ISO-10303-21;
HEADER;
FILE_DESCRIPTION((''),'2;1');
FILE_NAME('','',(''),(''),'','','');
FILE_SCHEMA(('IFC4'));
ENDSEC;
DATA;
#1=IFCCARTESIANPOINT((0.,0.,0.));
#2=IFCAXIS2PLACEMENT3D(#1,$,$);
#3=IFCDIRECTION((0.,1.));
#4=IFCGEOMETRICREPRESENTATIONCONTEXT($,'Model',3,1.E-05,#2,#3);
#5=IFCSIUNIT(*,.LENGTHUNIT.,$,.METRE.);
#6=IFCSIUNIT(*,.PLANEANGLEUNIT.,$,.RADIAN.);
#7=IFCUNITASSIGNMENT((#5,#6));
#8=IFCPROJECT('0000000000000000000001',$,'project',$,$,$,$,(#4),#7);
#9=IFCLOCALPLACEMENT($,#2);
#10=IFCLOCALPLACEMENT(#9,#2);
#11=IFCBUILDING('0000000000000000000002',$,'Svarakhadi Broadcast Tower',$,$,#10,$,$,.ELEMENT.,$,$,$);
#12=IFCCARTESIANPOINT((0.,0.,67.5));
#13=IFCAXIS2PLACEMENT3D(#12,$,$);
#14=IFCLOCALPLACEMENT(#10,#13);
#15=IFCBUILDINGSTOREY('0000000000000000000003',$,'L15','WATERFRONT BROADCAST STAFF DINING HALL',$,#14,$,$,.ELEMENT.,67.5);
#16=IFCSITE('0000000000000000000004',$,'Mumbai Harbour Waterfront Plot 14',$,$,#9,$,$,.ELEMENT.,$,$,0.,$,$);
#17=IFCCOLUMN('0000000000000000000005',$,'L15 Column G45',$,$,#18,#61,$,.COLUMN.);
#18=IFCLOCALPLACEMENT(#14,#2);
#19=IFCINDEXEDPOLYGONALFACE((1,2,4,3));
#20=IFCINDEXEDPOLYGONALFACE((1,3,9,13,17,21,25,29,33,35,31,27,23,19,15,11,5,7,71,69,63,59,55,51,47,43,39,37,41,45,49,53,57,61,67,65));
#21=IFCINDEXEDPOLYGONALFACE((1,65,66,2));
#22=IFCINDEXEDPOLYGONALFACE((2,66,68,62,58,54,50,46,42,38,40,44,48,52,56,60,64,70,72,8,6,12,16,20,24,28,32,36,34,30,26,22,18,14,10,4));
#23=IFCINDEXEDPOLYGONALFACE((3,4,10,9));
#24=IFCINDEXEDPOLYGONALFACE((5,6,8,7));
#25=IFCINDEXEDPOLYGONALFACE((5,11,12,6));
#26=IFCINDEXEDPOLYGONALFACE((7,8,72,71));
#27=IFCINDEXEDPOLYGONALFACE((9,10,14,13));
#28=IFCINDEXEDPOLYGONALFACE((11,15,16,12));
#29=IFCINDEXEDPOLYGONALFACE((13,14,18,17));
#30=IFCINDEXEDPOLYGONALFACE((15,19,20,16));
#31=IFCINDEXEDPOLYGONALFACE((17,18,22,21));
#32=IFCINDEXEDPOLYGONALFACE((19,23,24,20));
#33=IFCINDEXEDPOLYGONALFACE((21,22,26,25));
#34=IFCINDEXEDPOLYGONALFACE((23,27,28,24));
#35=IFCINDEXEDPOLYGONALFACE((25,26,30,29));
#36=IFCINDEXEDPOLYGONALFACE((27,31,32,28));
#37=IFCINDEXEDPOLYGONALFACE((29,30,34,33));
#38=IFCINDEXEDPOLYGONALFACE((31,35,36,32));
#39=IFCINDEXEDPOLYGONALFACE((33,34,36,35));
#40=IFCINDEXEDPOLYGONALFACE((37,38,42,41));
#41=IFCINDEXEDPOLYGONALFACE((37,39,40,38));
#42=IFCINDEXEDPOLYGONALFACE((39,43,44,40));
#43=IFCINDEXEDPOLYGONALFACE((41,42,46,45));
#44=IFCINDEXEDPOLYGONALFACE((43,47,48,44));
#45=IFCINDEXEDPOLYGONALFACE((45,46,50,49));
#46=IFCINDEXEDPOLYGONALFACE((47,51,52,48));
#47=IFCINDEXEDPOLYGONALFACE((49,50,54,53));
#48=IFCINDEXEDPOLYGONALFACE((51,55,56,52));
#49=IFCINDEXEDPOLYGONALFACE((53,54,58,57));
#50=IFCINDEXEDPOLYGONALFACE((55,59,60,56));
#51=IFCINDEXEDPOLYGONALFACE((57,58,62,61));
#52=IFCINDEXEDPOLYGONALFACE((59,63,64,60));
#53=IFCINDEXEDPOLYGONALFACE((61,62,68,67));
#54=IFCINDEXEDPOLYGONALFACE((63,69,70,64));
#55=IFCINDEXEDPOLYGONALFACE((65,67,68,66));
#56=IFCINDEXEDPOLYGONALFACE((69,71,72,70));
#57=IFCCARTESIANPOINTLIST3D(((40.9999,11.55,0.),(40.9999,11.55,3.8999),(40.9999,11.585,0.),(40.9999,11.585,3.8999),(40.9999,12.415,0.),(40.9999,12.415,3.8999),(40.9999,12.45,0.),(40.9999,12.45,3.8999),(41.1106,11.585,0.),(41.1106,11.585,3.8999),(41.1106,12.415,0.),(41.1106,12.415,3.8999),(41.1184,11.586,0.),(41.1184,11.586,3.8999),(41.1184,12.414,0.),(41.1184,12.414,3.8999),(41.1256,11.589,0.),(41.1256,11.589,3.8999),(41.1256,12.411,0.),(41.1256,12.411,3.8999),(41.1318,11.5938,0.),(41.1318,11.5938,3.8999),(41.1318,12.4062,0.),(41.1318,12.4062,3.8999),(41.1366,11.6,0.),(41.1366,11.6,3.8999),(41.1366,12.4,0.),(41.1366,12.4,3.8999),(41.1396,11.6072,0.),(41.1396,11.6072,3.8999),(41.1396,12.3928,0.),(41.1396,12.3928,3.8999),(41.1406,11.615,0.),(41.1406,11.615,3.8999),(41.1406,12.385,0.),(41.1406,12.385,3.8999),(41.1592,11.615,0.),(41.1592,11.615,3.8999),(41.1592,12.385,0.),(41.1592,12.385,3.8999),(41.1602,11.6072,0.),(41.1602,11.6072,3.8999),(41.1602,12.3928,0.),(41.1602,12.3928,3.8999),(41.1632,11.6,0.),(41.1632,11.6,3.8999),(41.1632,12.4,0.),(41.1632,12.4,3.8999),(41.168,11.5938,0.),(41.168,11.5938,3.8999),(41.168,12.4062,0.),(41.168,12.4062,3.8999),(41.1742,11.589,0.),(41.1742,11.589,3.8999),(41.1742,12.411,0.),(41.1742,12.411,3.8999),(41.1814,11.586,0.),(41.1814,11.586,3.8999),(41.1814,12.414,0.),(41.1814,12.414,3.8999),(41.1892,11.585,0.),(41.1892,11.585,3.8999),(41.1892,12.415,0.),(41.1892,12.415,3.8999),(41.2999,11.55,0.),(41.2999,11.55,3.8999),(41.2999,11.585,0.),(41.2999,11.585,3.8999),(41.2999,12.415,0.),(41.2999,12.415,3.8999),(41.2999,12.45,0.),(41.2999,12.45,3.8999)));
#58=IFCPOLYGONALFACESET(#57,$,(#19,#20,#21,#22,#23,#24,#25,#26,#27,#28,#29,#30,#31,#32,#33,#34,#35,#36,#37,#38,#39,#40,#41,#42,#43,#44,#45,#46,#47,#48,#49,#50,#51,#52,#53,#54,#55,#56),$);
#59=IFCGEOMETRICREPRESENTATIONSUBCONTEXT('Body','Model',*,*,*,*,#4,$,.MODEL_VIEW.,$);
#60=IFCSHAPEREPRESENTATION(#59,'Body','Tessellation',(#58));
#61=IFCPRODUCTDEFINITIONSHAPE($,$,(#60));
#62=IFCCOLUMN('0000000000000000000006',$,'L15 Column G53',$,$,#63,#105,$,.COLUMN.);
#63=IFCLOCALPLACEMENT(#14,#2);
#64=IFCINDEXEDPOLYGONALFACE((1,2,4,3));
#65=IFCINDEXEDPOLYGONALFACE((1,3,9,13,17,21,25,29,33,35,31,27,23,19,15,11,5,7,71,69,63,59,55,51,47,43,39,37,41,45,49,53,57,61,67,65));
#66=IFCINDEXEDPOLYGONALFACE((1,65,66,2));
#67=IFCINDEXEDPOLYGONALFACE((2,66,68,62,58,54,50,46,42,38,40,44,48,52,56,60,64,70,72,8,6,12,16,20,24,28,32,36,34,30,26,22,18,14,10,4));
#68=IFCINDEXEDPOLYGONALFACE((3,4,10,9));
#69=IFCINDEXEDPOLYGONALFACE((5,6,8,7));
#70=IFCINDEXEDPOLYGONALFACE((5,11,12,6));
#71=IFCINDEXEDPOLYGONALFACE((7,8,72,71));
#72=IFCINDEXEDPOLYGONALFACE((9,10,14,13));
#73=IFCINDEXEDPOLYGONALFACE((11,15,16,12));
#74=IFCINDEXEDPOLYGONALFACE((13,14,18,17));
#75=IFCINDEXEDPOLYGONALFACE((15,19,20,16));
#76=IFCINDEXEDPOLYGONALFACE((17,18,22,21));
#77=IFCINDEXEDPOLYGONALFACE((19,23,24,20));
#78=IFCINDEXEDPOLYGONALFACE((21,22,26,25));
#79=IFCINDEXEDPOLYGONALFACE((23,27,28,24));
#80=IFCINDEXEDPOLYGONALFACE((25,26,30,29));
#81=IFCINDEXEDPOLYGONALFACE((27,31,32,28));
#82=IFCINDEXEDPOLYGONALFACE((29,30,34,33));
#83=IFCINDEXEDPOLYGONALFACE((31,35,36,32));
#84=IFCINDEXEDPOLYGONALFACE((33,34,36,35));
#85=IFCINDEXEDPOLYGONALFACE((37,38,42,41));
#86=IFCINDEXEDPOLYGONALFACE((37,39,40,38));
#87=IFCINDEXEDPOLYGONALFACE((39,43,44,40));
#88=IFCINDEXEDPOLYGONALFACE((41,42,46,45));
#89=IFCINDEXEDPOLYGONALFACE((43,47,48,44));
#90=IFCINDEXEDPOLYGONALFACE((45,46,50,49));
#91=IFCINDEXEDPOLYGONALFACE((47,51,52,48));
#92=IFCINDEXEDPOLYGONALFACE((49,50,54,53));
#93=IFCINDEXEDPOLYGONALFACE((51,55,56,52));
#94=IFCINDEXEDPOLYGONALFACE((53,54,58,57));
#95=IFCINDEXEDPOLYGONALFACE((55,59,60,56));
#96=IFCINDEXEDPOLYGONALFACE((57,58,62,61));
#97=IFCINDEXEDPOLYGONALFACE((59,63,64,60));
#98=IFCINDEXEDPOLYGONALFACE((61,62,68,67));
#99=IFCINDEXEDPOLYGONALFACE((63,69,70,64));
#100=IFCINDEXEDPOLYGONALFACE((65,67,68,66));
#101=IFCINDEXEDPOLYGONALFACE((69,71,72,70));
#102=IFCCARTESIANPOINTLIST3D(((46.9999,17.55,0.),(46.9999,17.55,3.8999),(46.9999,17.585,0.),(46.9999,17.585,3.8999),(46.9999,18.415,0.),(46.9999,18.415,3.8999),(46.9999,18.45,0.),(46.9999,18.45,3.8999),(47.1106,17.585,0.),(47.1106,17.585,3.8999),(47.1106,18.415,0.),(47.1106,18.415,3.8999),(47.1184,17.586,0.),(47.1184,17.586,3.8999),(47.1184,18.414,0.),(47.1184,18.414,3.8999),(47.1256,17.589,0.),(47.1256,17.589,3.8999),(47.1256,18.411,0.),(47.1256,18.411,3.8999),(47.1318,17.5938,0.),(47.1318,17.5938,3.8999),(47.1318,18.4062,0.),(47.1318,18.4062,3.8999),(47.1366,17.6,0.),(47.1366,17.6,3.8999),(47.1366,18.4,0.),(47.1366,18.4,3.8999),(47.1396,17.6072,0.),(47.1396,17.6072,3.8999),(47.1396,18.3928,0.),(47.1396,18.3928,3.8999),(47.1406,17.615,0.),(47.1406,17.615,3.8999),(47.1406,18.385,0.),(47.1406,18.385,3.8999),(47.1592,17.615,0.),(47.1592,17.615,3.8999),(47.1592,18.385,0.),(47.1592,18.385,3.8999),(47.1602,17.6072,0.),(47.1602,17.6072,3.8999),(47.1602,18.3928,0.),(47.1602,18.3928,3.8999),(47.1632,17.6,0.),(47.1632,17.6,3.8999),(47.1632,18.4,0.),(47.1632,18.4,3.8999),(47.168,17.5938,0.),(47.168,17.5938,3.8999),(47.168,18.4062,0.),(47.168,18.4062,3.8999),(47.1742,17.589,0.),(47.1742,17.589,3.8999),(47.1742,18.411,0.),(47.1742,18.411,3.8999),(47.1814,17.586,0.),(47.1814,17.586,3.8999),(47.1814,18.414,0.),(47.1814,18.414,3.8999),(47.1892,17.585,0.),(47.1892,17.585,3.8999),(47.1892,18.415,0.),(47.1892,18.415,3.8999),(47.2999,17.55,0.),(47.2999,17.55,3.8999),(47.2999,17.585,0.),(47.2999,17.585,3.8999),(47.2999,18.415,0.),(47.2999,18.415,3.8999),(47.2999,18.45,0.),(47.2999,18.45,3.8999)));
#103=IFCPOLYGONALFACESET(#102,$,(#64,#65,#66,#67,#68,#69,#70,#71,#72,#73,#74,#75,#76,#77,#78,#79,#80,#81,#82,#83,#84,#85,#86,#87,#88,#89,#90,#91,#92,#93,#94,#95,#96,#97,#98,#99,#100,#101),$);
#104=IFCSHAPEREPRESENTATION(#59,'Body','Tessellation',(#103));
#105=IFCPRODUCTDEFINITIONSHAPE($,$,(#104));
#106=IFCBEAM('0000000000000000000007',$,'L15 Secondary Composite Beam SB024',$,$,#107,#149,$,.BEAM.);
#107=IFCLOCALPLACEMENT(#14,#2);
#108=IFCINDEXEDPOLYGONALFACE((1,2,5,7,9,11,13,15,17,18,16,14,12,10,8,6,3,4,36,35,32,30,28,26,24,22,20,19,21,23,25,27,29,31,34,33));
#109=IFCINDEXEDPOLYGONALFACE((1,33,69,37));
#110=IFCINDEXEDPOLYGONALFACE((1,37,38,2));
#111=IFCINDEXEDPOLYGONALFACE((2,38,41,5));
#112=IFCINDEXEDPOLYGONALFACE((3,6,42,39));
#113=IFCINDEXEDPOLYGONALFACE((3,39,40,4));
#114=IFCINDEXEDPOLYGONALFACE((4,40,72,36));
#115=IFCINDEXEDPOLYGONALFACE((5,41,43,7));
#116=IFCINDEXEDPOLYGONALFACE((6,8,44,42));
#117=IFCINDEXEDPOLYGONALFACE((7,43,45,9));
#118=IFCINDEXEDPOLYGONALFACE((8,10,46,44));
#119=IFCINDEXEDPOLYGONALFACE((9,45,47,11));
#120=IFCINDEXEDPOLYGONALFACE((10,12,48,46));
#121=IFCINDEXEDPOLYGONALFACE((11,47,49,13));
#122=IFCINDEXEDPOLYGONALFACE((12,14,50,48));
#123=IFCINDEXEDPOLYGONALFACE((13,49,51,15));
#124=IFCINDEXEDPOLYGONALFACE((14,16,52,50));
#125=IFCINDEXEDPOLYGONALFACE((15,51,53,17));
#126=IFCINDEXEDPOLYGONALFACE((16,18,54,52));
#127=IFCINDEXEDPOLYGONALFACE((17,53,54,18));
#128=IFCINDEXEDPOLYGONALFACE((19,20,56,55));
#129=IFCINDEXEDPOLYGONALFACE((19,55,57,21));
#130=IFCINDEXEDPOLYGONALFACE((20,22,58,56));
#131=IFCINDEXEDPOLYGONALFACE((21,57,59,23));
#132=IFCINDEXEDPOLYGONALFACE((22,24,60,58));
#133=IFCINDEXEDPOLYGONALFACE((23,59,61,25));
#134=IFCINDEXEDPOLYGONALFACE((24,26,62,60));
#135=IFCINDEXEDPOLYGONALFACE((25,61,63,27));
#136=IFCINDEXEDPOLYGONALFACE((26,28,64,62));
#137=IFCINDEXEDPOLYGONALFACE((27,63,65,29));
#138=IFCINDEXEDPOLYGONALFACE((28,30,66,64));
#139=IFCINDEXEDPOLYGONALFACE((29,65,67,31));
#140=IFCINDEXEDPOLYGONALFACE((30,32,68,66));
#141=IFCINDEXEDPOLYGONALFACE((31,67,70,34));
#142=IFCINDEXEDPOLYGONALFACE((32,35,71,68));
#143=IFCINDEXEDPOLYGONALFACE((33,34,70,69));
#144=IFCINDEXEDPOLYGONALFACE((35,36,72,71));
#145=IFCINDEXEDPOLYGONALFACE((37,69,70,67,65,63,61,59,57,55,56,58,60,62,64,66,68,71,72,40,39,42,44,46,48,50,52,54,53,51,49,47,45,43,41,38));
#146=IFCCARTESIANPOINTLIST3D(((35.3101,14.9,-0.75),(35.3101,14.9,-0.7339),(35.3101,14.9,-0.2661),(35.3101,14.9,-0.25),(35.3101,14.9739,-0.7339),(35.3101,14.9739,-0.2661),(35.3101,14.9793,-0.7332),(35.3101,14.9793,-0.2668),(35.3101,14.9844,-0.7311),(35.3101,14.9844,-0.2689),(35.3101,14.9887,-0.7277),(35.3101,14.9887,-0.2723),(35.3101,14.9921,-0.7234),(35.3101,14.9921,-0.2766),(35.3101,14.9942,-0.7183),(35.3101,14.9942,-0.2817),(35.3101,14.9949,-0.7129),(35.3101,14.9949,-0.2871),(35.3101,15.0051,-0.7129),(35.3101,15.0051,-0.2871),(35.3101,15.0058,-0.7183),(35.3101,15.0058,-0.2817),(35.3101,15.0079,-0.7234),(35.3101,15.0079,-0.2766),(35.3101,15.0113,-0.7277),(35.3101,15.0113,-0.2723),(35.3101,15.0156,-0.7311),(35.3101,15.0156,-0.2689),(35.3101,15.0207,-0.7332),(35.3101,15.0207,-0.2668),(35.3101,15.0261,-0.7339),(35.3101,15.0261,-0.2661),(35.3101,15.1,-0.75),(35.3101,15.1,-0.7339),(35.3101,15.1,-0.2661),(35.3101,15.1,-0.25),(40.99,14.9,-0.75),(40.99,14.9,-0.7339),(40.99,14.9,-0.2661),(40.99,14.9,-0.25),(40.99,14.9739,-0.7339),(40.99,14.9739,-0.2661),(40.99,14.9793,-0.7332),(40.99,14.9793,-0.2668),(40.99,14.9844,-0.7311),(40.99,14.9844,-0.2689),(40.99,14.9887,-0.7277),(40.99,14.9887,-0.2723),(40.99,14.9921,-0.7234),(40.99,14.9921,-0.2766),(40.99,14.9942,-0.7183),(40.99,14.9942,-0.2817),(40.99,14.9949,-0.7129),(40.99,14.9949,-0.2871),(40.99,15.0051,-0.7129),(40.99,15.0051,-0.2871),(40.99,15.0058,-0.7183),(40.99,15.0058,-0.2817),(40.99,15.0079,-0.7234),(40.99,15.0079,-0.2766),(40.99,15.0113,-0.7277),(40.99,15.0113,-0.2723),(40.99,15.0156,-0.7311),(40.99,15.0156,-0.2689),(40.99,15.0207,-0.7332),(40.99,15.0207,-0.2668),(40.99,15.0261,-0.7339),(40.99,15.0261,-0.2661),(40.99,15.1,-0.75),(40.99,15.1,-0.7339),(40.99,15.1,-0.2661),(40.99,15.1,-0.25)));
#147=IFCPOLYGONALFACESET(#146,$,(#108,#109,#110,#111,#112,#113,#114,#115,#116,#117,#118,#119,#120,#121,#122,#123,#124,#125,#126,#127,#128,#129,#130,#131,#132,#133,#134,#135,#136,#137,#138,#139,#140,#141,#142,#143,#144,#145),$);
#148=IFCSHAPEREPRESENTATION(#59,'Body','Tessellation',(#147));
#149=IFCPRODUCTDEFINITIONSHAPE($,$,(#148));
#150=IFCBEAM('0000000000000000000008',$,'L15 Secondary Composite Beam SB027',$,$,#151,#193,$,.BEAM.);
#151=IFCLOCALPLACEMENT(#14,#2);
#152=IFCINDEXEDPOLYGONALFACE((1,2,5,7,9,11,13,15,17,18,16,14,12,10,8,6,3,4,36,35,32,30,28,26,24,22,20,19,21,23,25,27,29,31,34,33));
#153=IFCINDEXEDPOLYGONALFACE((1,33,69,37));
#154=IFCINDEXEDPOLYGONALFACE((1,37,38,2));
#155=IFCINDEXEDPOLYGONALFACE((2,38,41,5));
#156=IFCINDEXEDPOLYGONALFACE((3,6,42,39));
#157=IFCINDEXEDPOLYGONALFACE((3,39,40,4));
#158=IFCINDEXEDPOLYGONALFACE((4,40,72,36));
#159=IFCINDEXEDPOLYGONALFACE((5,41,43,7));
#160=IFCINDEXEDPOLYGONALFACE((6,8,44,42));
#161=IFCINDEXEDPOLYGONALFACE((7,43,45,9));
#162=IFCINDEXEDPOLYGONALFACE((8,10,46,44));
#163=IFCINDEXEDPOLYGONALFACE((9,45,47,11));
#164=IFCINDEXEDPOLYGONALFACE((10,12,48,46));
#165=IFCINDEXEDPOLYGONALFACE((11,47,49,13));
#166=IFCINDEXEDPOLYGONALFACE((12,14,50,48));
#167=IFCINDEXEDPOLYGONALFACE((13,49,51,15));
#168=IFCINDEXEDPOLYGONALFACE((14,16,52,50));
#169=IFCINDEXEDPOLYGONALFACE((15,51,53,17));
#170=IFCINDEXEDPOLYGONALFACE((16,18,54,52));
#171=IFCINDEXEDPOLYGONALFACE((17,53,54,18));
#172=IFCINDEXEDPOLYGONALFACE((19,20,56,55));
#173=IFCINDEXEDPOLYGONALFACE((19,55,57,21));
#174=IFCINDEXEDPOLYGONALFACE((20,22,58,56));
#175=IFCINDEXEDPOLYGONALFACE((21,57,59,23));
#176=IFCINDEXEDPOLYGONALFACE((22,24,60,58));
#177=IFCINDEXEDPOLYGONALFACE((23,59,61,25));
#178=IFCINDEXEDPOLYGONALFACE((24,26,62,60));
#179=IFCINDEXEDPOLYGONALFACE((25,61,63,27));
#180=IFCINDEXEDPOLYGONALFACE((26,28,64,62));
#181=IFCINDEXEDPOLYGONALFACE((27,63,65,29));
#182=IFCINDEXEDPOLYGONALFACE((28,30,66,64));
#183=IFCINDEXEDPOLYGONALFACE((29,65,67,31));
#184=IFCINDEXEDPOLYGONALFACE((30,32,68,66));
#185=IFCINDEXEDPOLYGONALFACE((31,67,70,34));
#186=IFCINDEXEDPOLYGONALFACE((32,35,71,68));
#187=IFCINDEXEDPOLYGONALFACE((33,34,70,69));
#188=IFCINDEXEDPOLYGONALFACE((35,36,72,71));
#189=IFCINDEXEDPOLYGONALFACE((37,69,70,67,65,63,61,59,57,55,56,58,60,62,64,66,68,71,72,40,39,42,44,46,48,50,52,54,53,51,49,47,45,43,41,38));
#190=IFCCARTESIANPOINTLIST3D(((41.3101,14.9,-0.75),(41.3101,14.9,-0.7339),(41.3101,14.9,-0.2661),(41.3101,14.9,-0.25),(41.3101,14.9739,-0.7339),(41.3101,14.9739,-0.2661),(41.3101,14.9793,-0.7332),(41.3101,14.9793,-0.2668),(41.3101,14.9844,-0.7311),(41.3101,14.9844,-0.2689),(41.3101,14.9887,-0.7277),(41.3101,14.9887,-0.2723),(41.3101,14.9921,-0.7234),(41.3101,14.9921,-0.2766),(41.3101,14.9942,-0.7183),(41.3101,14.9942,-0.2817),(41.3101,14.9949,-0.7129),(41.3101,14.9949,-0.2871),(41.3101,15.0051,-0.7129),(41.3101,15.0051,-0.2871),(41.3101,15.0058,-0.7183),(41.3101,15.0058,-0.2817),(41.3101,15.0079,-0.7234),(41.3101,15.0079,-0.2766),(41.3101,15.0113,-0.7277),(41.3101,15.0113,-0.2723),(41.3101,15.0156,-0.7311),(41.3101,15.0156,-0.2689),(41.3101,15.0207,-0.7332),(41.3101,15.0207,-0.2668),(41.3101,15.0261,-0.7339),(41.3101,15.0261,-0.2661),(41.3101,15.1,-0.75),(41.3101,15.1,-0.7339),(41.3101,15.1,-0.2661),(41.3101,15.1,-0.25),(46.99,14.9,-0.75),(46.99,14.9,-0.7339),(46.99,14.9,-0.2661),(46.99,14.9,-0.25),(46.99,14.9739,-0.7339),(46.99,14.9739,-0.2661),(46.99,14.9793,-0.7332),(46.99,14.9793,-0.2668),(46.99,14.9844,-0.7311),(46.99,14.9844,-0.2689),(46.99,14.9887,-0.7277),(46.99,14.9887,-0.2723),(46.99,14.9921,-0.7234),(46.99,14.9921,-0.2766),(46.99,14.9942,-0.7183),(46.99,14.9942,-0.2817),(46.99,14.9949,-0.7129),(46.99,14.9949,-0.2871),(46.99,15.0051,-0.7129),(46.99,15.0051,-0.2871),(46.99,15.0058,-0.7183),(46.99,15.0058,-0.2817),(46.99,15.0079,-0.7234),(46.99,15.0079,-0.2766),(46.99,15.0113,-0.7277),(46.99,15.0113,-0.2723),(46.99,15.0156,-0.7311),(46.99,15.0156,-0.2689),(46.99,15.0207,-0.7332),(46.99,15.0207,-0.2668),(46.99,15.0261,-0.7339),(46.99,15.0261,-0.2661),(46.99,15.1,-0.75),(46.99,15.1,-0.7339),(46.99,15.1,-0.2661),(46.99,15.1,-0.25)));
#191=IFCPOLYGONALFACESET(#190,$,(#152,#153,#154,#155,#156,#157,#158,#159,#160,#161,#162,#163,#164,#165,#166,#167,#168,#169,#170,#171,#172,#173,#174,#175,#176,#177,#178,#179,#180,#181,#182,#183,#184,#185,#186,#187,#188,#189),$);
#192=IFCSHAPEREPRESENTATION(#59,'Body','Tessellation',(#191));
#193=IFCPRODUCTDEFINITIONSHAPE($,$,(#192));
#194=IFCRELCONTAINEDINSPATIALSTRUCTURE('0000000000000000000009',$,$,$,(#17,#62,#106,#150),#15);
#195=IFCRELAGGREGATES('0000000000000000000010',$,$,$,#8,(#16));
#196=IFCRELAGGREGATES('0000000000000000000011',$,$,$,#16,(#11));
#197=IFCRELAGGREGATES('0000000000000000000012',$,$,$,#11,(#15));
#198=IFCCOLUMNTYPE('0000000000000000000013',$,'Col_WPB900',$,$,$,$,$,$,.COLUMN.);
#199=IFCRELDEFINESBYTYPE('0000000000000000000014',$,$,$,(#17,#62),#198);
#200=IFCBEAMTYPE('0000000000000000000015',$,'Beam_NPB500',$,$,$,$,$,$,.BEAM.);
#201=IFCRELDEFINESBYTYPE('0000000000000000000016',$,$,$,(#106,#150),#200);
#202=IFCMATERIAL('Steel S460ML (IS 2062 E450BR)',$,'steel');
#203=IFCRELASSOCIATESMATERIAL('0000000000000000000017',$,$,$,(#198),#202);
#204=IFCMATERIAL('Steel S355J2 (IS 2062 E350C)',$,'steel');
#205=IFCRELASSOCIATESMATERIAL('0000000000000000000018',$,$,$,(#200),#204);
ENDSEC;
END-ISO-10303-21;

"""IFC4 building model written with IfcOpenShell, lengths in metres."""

from ifc_helpers import new_model, si_unit, direction, frame, origin, origin_2d, place, context, subcontext, project, spatial, i_section, extrude, material, material_profile, profile_set, type_object, element, save


model = new_model("IFC4")

# Units and contexts
model_context = context("Model", 3, precision=1e-05, world=origin(), true_north=direction((0.0, 1.0)))
body_context = subcontext(model_context, "Body", "Model", "MODEL_VIEW")
ifc_project = project(units=[si_unit("LENGTHUNIT", "METRE"), si_unit("PLANEANGLEUNIT", "RADIAN")], contexts=[model_context])

# Site, building, storey
site_placement = place(None, origin())
site = spatial("IfcSite", under=ifc_project, at=site_placement, Name="Mumbai Harbour Waterfront Plot 14", CompositionType="ELEMENT", RefElevation=0.0)
building_placement = place(site_placement, origin())
building = spatial("IfcBuilding", under=site, at=building_placement, Name="Svarakhadi Broadcast Tower", CompositionType="ELEMENT")
storey_placement = place(building_placement, frame((0.0, 0.0, 67.5)))
storey = spatial("IfcBuildingStorey", under=building, at=storey_placement, Name="L15", Description="WATERFRONT BROADCAST STAFF DINING HALL", CompositionType="ELEMENT", Elevation=67.5)

# Columns
ifc_material_1 = material(Name="Steel S460ML (IS 2062 E450BR)", Category="steel")
ifc_material_profile_1 = material_profile(ifc_material_1, i_section(OverallWidth=0.3, OverallDepth=0.8999, WebThickness=0.0186, FlangeThickness=0.0349, FilletRadius=0.03, at=origin_2d()), Name="WPB 900x300x291")
ifc_profile_set_1 = profile_set([ifc_material_profile_1], Name="Steel S460ML (IS 2062 E450BR)")
column_type_1 = type_object("IfcColumnType", Name="Col_WPB900", PredefinedType="COLUMN", material=ifc_profile_set_1)
for number, where, z_axis, x_axis, name in (
    (1, (41.1499, 12.0, 0.0), (0.0, 0.0, 1.0), (1.0, 0.0, 0.0), "L15 Column G45"),
    (2, (47.1499, 18.0, 0.0), (0.0, 0.0, 1.0), (1.0, 0.0, 0.0), "L15 Column G53"),
):
    element("IfcColumn", number, at=place(storey_placement, frame(where, z_axis=z_axis, x_axis=x_axis)), inside=storey, type_object=column_type_1, Name=name, PredefinedType="COLUMN", context=body_context, shape_type="SweptSolid", body=[
        extrude(i_section(OverallWidth=0.3, OverallDepth=0.8999, WebThickness=0.0186, FlangeThickness=0.0349, FilletRadius=0.03, at=origin_2d()), origin(), (0.0, 0.0, 1.0), 3.8999),
    ])

# Beams
ifc_material_2 = material(Name="Steel S355J2 (IS 2062 E350C)", Category="steel")
ifc_material_profile_2 = material_profile(ifc_material_2, i_section(OverallWidth=0.2, OverallDepth=0.5, WebThickness=0.0103, FlangeThickness=0.0161, FilletRadius=0.021, at=origin_2d()), Name="NPB 500x200x91")
ifc_profile_set_2 = profile_set([ifc_material_profile_2], Name="Steel S355J2 (IS 2062 E350C)")
beam_type_1 = type_object("IfcBeamType", Name="Beam_NPB500", PredefinedType="BEAM", material=ifc_profile_set_2)
for number, where, z_axis, x_axis, name in (
    (3, (35.3101, 15.0, -0.5), (1.0, 0.0, 0.0), (0.0, 1.0, 0.0), "L15 Secondary Composite Beam SB024"),
    (4, (41.3101, 15.0, -0.5), (1.0, 0.0, 0.0), (0.0, 1.0, 0.0), "L15 Secondary Composite Beam SB027"),
):
    element("IfcBeam", number, at=place(storey_placement, frame(where, z_axis=z_axis, x_axis=x_axis)), inside=storey, type_object=beam_type_1, Name=name, PredefinedType="BEAM", context=body_context, shape_type="SweptSolid", body=[
        extrude(i_section(OverallWidth=0.2, OverallDepth=0.5, WebThickness=0.0103, FlangeThickness=0.0161, FilletRadius=0.021, at=origin_2d()), origin(), (0.0, 0.0, 1.0), 5.6799),
    ])

save(model, "model.ifc")
